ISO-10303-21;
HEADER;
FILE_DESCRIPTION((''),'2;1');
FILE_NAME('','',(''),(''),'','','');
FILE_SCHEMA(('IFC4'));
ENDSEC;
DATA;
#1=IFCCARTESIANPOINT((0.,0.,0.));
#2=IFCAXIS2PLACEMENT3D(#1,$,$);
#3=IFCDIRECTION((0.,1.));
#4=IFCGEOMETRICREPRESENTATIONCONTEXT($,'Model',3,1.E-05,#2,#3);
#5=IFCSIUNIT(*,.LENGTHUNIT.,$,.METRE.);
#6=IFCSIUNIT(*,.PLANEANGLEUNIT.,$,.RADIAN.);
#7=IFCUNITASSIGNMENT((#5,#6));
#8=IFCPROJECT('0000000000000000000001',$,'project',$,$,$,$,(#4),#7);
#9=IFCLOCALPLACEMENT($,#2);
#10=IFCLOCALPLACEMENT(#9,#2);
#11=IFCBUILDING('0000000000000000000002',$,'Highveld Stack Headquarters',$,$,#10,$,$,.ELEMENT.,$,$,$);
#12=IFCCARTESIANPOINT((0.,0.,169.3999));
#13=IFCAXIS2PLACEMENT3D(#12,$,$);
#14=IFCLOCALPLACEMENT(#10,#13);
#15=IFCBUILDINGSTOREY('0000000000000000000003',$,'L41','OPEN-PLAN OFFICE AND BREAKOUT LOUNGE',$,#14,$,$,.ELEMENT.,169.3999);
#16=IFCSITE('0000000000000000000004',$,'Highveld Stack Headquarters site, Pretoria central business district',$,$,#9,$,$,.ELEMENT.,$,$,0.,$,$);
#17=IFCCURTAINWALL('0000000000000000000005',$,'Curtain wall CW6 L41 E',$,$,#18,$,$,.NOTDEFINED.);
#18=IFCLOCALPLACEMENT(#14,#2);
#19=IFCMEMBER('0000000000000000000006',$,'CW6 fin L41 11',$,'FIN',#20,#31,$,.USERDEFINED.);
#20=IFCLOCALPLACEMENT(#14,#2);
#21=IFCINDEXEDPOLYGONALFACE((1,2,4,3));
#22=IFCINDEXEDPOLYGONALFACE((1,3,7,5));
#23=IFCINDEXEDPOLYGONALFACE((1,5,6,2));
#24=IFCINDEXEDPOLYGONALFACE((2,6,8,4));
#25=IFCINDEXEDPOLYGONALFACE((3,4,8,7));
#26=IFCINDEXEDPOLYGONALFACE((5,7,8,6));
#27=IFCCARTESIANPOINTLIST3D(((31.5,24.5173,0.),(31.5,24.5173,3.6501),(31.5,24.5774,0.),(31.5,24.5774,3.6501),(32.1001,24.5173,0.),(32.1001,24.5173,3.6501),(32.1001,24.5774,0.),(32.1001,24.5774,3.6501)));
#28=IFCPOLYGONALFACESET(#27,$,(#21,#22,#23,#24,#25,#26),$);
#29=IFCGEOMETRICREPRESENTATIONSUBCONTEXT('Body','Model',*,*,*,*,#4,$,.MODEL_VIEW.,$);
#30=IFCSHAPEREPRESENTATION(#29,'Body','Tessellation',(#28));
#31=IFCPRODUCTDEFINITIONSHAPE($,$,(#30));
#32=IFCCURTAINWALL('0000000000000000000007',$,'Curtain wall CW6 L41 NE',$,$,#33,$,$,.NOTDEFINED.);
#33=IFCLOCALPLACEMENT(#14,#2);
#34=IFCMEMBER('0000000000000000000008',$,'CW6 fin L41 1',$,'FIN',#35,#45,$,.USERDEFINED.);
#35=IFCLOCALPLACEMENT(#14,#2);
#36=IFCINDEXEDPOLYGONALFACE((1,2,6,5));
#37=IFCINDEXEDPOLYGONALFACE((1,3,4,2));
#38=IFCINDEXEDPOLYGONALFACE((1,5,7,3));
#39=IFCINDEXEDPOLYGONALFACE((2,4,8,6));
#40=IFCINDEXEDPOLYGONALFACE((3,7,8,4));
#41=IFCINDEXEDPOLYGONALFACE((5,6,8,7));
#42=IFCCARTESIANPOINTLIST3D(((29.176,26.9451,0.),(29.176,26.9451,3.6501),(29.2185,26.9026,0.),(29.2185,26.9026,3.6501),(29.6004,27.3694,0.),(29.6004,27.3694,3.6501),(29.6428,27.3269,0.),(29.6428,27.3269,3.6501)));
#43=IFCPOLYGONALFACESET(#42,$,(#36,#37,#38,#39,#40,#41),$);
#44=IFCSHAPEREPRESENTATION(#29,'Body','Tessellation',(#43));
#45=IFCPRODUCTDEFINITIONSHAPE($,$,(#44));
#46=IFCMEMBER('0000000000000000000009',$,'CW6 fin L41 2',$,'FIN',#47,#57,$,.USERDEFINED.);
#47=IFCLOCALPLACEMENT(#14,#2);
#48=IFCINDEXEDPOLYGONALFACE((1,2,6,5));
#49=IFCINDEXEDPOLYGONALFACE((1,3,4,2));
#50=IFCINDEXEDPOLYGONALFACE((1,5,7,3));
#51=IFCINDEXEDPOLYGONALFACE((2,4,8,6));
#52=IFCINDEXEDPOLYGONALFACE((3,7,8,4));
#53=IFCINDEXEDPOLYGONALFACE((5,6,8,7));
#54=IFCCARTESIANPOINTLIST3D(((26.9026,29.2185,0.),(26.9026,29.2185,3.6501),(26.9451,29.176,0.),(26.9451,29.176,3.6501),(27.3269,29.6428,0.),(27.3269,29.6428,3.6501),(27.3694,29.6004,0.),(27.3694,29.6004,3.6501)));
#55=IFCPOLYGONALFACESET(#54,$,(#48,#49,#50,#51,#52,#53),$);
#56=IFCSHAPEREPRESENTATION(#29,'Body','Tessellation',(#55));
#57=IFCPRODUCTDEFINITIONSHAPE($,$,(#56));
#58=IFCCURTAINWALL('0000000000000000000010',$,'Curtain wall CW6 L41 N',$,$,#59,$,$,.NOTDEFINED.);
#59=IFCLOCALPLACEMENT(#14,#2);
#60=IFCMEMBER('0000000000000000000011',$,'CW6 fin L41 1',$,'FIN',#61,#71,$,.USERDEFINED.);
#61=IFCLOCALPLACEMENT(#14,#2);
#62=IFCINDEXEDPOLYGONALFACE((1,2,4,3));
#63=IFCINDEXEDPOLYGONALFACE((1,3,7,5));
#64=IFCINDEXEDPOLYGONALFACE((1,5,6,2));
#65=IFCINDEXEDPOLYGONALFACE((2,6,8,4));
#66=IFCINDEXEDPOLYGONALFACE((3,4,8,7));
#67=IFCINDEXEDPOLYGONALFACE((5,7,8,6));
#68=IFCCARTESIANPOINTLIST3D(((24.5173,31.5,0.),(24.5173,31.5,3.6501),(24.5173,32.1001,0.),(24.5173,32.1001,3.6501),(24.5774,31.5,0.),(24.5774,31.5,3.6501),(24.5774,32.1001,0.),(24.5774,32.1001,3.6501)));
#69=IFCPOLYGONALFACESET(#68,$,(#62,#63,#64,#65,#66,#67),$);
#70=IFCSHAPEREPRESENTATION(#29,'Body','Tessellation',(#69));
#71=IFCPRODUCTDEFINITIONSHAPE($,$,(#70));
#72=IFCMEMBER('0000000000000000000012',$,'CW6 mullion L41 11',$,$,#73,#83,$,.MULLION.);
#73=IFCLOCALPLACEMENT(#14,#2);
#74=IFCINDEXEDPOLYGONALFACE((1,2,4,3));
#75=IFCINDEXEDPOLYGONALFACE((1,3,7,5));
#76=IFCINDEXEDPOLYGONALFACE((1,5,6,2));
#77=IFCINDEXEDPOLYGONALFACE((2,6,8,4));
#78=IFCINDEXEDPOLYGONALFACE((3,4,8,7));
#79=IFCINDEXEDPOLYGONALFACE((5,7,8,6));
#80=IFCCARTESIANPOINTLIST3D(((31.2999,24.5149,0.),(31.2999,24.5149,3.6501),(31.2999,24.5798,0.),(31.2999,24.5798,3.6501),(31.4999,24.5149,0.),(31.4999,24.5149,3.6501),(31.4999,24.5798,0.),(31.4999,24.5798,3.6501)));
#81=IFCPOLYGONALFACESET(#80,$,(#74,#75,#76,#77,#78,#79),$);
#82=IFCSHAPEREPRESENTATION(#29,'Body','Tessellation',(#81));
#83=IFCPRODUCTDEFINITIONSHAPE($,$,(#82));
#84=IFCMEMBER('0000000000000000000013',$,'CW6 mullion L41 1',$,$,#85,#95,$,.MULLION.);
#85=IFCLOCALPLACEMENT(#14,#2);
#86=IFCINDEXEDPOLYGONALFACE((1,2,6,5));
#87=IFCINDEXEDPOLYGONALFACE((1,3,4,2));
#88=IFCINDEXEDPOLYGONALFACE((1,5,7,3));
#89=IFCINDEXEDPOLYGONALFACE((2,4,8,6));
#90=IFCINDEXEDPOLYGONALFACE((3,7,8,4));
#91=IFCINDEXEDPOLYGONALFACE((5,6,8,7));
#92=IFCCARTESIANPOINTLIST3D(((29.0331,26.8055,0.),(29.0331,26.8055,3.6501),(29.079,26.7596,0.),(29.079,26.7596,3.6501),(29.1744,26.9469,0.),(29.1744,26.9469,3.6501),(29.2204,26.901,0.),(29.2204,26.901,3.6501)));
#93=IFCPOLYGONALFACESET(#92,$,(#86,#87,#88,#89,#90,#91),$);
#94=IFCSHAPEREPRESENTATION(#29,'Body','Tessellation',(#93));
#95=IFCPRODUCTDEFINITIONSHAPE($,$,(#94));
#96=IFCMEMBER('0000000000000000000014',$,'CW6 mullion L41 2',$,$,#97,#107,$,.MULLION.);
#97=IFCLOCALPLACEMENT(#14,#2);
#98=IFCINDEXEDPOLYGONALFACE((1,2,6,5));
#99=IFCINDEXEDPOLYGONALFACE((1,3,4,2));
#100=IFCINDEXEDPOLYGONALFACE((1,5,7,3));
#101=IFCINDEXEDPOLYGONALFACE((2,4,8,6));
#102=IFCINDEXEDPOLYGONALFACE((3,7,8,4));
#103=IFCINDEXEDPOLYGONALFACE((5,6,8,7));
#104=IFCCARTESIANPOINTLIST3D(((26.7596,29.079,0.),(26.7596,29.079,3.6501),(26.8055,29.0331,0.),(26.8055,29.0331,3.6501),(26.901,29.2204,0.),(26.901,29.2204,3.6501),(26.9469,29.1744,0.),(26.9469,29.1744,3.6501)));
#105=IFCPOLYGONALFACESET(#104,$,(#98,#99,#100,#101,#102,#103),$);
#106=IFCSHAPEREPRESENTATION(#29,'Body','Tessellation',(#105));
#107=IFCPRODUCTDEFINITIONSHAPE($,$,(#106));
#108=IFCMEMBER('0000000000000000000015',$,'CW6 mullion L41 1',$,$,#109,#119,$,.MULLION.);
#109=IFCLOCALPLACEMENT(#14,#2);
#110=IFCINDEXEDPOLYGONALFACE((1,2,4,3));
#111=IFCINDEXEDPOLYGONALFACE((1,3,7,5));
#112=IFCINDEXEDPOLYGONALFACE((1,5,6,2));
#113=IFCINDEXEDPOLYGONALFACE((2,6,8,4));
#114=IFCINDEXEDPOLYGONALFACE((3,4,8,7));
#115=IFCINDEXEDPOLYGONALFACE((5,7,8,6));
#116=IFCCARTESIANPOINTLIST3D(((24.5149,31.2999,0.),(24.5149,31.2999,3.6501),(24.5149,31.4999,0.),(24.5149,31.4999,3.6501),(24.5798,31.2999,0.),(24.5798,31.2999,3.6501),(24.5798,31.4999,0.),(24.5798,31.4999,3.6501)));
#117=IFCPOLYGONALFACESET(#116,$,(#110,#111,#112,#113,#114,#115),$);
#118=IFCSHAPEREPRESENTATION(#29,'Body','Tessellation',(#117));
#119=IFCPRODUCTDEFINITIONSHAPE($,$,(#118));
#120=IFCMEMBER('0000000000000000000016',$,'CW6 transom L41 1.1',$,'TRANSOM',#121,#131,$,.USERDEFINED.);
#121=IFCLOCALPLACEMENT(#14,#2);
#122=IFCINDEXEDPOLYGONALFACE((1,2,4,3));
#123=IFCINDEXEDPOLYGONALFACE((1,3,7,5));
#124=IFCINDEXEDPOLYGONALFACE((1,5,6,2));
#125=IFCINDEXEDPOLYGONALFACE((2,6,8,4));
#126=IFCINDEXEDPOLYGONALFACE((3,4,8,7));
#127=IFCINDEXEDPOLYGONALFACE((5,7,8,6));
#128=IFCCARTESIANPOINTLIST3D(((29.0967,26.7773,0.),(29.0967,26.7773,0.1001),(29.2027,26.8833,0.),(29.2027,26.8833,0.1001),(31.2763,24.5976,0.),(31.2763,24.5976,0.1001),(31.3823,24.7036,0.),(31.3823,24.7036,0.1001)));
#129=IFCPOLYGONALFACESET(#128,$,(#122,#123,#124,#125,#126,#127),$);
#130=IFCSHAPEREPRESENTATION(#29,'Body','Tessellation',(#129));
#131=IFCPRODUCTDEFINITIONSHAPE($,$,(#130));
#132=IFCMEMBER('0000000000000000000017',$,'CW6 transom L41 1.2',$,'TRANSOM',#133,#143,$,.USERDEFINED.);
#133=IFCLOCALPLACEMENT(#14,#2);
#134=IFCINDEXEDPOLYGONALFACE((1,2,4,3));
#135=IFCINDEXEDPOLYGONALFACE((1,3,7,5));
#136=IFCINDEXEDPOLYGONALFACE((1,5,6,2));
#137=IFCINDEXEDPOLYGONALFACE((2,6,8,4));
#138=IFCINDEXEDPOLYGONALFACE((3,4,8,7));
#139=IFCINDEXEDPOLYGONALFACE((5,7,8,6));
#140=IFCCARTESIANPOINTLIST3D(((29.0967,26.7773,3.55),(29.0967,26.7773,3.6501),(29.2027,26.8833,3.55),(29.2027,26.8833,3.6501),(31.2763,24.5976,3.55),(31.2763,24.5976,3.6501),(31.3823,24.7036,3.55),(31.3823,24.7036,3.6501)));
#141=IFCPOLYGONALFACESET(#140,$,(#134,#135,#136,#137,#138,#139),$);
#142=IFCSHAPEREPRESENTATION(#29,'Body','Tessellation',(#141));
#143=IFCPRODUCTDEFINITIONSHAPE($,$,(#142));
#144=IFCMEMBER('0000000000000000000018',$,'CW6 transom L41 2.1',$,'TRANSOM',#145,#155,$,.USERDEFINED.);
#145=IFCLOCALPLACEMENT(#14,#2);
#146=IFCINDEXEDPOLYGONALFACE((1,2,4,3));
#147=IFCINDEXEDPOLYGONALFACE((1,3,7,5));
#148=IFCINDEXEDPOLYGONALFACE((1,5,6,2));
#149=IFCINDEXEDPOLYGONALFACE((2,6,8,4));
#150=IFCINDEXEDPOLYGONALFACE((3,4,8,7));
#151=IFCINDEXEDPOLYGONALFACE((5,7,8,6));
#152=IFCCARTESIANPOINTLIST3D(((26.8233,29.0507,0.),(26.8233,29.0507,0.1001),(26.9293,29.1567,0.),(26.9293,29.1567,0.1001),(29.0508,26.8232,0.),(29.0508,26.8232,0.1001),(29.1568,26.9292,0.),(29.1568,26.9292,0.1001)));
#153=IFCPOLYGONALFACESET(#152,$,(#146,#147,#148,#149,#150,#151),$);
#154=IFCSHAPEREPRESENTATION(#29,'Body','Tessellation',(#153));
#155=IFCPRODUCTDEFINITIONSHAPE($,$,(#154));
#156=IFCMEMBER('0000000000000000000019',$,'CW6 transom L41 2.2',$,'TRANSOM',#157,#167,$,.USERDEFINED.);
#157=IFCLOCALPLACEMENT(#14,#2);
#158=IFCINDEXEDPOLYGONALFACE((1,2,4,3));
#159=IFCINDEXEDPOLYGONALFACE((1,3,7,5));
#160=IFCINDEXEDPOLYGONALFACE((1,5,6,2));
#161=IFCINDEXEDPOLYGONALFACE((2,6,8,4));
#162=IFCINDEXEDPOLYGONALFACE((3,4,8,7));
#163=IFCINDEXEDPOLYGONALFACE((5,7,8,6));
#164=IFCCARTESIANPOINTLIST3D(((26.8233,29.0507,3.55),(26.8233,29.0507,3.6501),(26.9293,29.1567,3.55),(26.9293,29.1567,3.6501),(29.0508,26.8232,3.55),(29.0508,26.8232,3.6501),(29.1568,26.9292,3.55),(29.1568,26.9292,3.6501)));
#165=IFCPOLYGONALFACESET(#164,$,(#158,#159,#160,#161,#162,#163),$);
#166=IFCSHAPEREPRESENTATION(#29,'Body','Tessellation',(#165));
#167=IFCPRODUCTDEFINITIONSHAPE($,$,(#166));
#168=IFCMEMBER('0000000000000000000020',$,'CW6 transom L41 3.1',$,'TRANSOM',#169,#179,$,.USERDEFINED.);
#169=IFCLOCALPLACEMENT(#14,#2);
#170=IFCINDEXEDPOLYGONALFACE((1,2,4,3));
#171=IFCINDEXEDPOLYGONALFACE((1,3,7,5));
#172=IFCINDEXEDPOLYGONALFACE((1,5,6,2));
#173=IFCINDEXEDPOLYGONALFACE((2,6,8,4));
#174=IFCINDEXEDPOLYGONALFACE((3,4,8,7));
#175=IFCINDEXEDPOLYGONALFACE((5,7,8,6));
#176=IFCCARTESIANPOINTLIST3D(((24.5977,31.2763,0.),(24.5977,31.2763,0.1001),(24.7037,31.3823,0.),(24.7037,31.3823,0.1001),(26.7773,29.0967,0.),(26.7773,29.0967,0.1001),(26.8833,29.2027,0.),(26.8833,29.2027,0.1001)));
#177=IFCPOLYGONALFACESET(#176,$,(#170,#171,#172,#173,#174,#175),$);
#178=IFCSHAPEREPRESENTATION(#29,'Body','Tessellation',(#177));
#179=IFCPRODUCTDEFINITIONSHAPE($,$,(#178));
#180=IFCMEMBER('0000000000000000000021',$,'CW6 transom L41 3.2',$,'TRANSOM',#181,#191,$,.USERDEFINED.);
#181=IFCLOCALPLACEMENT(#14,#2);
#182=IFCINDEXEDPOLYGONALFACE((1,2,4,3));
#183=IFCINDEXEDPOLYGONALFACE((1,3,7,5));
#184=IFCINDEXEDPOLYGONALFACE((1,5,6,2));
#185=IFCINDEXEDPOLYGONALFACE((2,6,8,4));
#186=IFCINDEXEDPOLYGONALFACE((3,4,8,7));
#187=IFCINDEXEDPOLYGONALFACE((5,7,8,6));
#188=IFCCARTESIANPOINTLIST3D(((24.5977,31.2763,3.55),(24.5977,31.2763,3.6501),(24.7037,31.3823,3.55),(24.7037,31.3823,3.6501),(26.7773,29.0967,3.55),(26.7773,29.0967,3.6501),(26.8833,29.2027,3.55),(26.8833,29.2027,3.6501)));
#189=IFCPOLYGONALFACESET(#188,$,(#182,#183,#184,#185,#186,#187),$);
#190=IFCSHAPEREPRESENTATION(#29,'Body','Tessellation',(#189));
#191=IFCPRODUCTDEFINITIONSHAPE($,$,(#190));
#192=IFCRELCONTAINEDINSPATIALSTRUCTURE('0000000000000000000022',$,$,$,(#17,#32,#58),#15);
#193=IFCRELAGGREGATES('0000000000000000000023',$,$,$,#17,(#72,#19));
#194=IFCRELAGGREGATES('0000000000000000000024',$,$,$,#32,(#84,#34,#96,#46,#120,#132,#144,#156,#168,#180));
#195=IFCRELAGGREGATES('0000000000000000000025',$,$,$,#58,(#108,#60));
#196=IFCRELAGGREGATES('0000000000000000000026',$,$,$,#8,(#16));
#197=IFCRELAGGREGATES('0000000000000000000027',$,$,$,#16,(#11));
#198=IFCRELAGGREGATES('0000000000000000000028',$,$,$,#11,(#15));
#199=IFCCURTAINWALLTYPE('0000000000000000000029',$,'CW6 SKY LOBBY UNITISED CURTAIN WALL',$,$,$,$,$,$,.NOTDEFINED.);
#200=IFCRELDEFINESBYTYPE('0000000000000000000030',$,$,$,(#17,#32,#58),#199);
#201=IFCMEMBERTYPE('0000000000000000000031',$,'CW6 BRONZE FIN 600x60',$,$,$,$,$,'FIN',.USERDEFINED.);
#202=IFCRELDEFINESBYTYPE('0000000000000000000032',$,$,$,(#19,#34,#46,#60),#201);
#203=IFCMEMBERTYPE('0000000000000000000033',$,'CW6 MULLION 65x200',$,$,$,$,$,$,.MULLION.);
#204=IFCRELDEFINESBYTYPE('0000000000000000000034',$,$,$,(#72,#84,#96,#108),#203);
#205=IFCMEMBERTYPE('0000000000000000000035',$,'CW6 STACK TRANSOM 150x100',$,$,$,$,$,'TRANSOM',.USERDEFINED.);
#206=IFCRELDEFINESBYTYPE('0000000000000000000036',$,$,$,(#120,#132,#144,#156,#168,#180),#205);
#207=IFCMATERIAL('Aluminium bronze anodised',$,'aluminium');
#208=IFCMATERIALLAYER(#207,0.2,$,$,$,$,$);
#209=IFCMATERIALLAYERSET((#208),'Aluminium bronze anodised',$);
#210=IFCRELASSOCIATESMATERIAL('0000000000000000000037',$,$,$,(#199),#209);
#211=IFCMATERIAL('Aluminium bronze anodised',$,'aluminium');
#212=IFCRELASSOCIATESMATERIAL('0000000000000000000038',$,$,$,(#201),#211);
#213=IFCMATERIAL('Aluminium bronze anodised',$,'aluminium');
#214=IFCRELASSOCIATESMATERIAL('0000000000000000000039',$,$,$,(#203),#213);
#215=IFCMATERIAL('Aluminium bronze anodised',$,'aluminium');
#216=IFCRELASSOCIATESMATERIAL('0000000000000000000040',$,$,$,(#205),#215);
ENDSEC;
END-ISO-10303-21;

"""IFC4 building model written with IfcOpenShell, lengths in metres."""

from ifc_helpers import new_model, si_unit, direction, frame, origin, origin_2d, place, context, subcontext, project, spatial, rectangle, extrude, material, layer, layer_set, material_profile, profile_set, type_object, element, aggregate, save


model = new_model("IFC4")

# Units and contexts
model_context = context("Model", 3, precision=1e-05, world=origin(), true_north=direction((0.0, 1.0)))
body_context = subcontext(model_context, "Body", "Model", "MODEL_VIEW")
ifc_project = project(units=[si_unit("LENGTHUNIT", "METRE"), si_unit("PLANEANGLEUNIT", "RADIAN")], contexts=[model_context])

# Site, building, storey
site_placement = place(None, origin())
site = spatial("IfcSite", under=ifc_project, at=site_placement, Name="Highveld Stack Headquarters site, Pretoria central business district", CompositionType="ELEMENT", RefElevation=0.0)
building_placement = place(site_placement, origin())
building = spatial("IfcBuilding", under=site, at=building_placement, Name="Highveld Stack Headquarters", CompositionType="ELEMENT")
storey_placement = place(building_placement, frame((0.0, 0.0, 169.3999)))
storey = spatial("IfcBuildingStorey", under=building, at=storey_placement, Name="L41", Description="OPEN-PLAN OFFICE AND BREAKOUT LOUNGE", CompositionType="ELEMENT", Elevation=169.3999)

# Curtain wall, member
ifc_material_1 = material(Name="Aluminium bronze anodised", Category="aluminium")
ifc_layer_1 = layer(ifc_material_1, 0.2)
ifc_layer_set_1 = layer_set([ifc_layer_1], Name="Aluminium bronze anodised")
curtain_wall_type = type_object("IfcCurtainWallType", Name="CW6 SKY LOBBY UNITISED CURTAIN WALL", PredefinedType="NOTDEFINED", material=ifc_layer_set_1)
curtain_wall_1_placement = place(storey_placement, origin())
curtain_wall_1 = element("IfcCurtainWall", 1, at=curtain_wall_1_placement, inside=storey, type_object=curtain_wall_type, Name="Curtain wall CW6 L41 E", PredefinedType="NOTDEFINED")
ifc_material_2 = material(Name="Aluminium bronze anodised", Category="aluminium")
ifc_material_profile_1 = material_profile(ifc_material_2, rectangle(XDim=0.6001, YDim=0.0601, at=origin_2d()), Name="FIN 600x60")
ifc_profile_set_1 = profile_set([ifc_material_profile_1], Name="Aluminium bronze anodised")
member_type_1 = type_object("IfcMemberType", Name="CW6 BRONZE FIN 600x60", ElementType="FIN", PredefinedType="USERDEFINED", material=ifc_profile_set_1)
member_1_placement = place(storey_placement, frame((31.8, 24.5474, 0.0), z_axis=(0.0, 0.0, 1.0), x_axis=(-1.0, 0.0, 0.0)))
member_1 = element("IfcMember", 2, at=member_1_placement, type_object=member_type_1, Name="CW6 fin L41 11", ObjectType="FIN", PredefinedType="USERDEFINED", context=body_context, shape_type="SweptSolid", body=[
    extrude(rectangle(XDim=0.6001, YDim=0.0601, at=origin_2d()), origin(), (0.0, 0.0, 1.0), 3.6501),
])

# Curtain wall, members
curtain_wall_2_placement = place(storey_placement, origin())
curtain_wall_2 = element("IfcCurtainWall", 3, at=curtain_wall_2_placement, inside=storey, type_object=curtain_wall_type, Name="Curtain wall CW6 L41 NE", PredefinedType="NOTDEFINED")
member_2_placement = place(storey_placement, frame((29.4094, 27.136, 0.0), z_axis=(0.0, 0.0, 1.0), x_axis=(-0.707107, -0.707107, 0.0)))
member_2 = element("IfcMember", 4, at=member_2_placement, type_object=member_type_1, Name="CW6 fin L41 1", ObjectType="FIN", PredefinedType="USERDEFINED", context=body_context, shape_type="SweptSolid", body=[
    extrude(rectangle(XDim=0.6001, YDim=0.0601, at=origin_2d()), origin(), (0.0, 0.0, 1.0), 3.6501),
])
member_3_placement = place(storey_placement, frame((27.136, 29.4094, 0.0), z_axis=(0.0, 0.0, 1.0), x_axis=(-0.707107, -0.707107, 0.0)))
member_3 = element("IfcMember", 5, at=member_3_placement, type_object=member_type_1, Name="CW6 fin L41 2", ObjectType="FIN", PredefinedType="USERDEFINED", context=body_context, shape_type="SweptSolid", body=[
    extrude(rectangle(XDim=0.6001, YDim=0.0601, at=origin_2d()), origin(), (0.0, 0.0, 1.0), 3.6501),
])

# Curtain wall, member
curtain_wall_3_placement = place(storey_placement, origin())
curtain_wall_3 = element("IfcCurtainWall", 6, at=curtain_wall_3_placement, inside=storey, type_object=curtain_wall_type, Name="Curtain wall CW6 L41 N", PredefinedType="NOTDEFINED")
member_4_placement = place(storey_placement, frame((24.5474, 31.8, 0.0), z_axis=(0.0, 0.0, 1.0), x_axis=(0.0, -1.0, 0.0)))
member_4 = element("IfcMember", 7, at=member_4_placement, type_object=member_type_1, Name="CW6 fin L41 1", ObjectType="FIN", PredefinedType="USERDEFINED", context=body_context, shape_type="SweptSolid", body=[
    extrude(rectangle(XDim=0.6001, YDim=0.0601, at=origin_2d()), origin(), (0.0, 0.0, 1.0), 3.6501),
])

# Members
ifc_material_3 = material(Name="Aluminium bronze anodised", Category="aluminium")
ifc_material_profile_2 = material_profile(ifc_material_3, rectangle(XDim=0.2, YDim=0.0649, at=origin_2d()), Name="CW6 MULLION 65x200")
ifc_profile_set_2 = profile_set([ifc_material_profile_2], Name="Aluminium bronze anodised")
member_type_2 = type_object("IfcMemberType", Name="CW6 MULLION 65x200", PredefinedType="MULLION", material=ifc_profile_set_2)
member_5_placement = place(storey_placement, frame((31.3999, 24.5474, 0.0), z_axis=(0.0, 0.0, 1.0), x_axis=(-1.0, 0.0, 0.0)))
member_5 = element("IfcMember", 8, at=member_5_placement, type_object=member_type_2, Name="CW6 mullion L41 11", PredefinedType="MULLION", context=body_context, shape_type="SweptSolid", body=[
    extrude(rectangle(XDim=0.2, YDim=0.0649, at=origin_2d()), origin(), (0.0, 0.0, 1.0), 3.6501),
])
aggregate(curtain_wall_1, [member_5, member_1])
member_6_placement = place(storey_placement, frame((29.1267, 26.8533, 0.0), z_axis=(0.0, 0.0, 1.0), x_axis=(-0.707107, -0.707107, 0.0)))
member_6 = element("IfcMember", 9, at=member_6_placement, type_object=member_type_2, Name="CW6 mullion L41 1", PredefinedType="MULLION", context=body_context, shape_type="SweptSolid", body=[
    extrude(rectangle(XDim=0.2, YDim=0.0649, at=origin_2d()), origin(), (0.0, 0.0, 1.0), 3.6501),
])
member_7_placement = place(storey_placement, frame((26.8533, 29.1267, 0.0), z_axis=(0.0, 0.0, 1.0), x_axis=(-0.707107, -0.707107, 0.0)))
member_7 = element("IfcMember", 10, at=member_7_placement, type_object=member_type_2, Name="CW6 mullion L41 2", PredefinedType="MULLION", context=body_context, shape_type="SweptSolid", body=[
    extrude(rectangle(XDim=0.2, YDim=0.0649, at=origin_2d()), origin(), (0.0, 0.0, 1.0), 3.6501),
])
member_8_placement = place(storey_placement, frame((24.5474, 31.3999, 0.0), z_axis=(0.0, 0.0, 1.0), x_axis=(0.0, -1.0, 0.0)))
member_8 = element("IfcMember", 11, at=member_8_placement, type_object=member_type_2, Name="CW6 mullion L41 1", PredefinedType="MULLION", context=body_context, shape_type="SweptSolid", body=[
    extrude(rectangle(XDim=0.2, YDim=0.0649, at=origin_2d()), origin(), (0.0, 0.0, 1.0), 3.6501),
])
ifc_material_4 = material(Name="Aluminium bronze anodised", Category="aluminium")
ifc_material_profile_3 = material_profile(ifc_material_4, rectangle(XDim=0.1499, YDim=0.1001, at=origin_2d()), Name="CW6 TRANSOM 150x100")
ifc_profile_set_3 = profile_set([ifc_material_profile_3], Name="Aluminium bronze anodised")
member_type_3 = type_object("IfcMemberType", Name="CW6 STACK TRANSOM 150x100", ElementType="TRANSOM", PredefinedType="USERDEFINED", material=ifc_profile_set_3)
member_9_placement = place(storey_placement, frame((31.3293, 24.6506, 0.05), z_axis=(-0.707107, 0.707107, 0.0), x_axis=(-0.707107, -0.707107, 0.0)))
member_9 = element("IfcMember", 12, at=member_9_placement, type_object=member_type_3, Name="CW6 transom L41 1.1", ObjectType="TRANSOM", PredefinedType="USERDEFINED", context=body_context, shape_type="SweptSolid", body=[
    extrude(rectangle(XDim=0.1499, YDim=0.1001, at=origin_2d()), origin(), (0.0, 0.0, 1.0), 3.0825),
])
member_10_placement = place(storey_placement, frame((31.3293, 24.6506, 3.6001), z_axis=(-0.707107, 0.707107, 0.0), x_axis=(-0.707107, -0.707107, 0.0)))
member_10 = element("IfcMember", 13, at=member_10_placement, type_object=member_type_3, Name="CW6 transom L41 1.2", ObjectType="TRANSOM", PredefinedType="USERDEFINED", context=body_context, shape_type="SweptSolid", body=[
    extrude(rectangle(XDim=0.1499, YDim=0.1001, at=origin_2d()), origin(), (0.0, 0.0, 1.0), 3.0825),
])
member_11_placement = place(storey_placement, frame((29.1038, 26.8762, 0.05), z_axis=(-0.707107, 0.707107, 0.0), x_axis=(-0.707107, -0.707107, 0.0)))
member_11 = element("IfcMember", 14, at=member_11_placement, type_object=member_type_3, Name="CW6 transom L41 2.1", ObjectType="TRANSOM", PredefinedType="USERDEFINED", context=body_context, shape_type="SweptSolid", body=[
    extrude(rectangle(XDim=0.1499, YDim=0.1001, at=origin_2d()), origin(), (0.0, 0.0, 1.0), 3.1501),
])
member_12_placement = place(storey_placement, frame((29.1038, 26.8762, 3.6001), z_axis=(-0.707107, 0.707107, 0.0), x_axis=(-0.707107, -0.707107, 0.0)))
member_12 = element("IfcMember", 15, at=member_12_placement, type_object=member_type_3, Name="CW6 transom L41 2.2", ObjectType="TRANSOM", PredefinedType="USERDEFINED", context=body_context, shape_type="SweptSolid", body=[
    extrude(rectangle(XDim=0.1499, YDim=0.1001, at=origin_2d()), origin(), (0.0, 0.0, 1.0), 3.1501),
])
member_13_placement = place(storey_placement, frame((26.8303, 29.1497, 0.05), z_axis=(-0.707107, 0.707107, 0.0), x_axis=(-0.707107, -0.707107, 0.0)))
member_13 = element("IfcMember", 16, at=member_13_placement, type_object=member_type_3, Name="CW6 transom L41 3.1", ObjectType="TRANSOM", PredefinedType="USERDEFINED", context=body_context, shape_type="SweptSolid", body=[
    extrude(rectangle(XDim=0.1499, YDim=0.1001, at=origin_2d()), origin(), (0.0, 0.0, 1.0), 3.0825),
])
member_14_placement = place(storey_placement, frame((26.8303, 29.1497, 3.6001), z_axis=(-0.707107, 0.707107, 0.0), x_axis=(-0.707107, -0.707107, 0.0)))
member_14 = element("IfcMember", 17, at=member_14_placement, type_object=member_type_3, Name="CW6 transom L41 3.2", ObjectType="TRANSOM", PredefinedType="USERDEFINED", context=body_context, shape_type="SweptSolid", body=[
    extrude(rectangle(XDim=0.1499, YDim=0.1001, at=origin_2d()), origin(), (0.0, 0.0, 1.0), 3.0825),
])

aggregate(curtain_wall_2, [member_6, member_2, member_7, member_3, member_9, member_10, member_11, member_12, member_13, member_14])
aggregate(curtain_wall_3, [member_8, member_4])

save(model, "model.ifc")
